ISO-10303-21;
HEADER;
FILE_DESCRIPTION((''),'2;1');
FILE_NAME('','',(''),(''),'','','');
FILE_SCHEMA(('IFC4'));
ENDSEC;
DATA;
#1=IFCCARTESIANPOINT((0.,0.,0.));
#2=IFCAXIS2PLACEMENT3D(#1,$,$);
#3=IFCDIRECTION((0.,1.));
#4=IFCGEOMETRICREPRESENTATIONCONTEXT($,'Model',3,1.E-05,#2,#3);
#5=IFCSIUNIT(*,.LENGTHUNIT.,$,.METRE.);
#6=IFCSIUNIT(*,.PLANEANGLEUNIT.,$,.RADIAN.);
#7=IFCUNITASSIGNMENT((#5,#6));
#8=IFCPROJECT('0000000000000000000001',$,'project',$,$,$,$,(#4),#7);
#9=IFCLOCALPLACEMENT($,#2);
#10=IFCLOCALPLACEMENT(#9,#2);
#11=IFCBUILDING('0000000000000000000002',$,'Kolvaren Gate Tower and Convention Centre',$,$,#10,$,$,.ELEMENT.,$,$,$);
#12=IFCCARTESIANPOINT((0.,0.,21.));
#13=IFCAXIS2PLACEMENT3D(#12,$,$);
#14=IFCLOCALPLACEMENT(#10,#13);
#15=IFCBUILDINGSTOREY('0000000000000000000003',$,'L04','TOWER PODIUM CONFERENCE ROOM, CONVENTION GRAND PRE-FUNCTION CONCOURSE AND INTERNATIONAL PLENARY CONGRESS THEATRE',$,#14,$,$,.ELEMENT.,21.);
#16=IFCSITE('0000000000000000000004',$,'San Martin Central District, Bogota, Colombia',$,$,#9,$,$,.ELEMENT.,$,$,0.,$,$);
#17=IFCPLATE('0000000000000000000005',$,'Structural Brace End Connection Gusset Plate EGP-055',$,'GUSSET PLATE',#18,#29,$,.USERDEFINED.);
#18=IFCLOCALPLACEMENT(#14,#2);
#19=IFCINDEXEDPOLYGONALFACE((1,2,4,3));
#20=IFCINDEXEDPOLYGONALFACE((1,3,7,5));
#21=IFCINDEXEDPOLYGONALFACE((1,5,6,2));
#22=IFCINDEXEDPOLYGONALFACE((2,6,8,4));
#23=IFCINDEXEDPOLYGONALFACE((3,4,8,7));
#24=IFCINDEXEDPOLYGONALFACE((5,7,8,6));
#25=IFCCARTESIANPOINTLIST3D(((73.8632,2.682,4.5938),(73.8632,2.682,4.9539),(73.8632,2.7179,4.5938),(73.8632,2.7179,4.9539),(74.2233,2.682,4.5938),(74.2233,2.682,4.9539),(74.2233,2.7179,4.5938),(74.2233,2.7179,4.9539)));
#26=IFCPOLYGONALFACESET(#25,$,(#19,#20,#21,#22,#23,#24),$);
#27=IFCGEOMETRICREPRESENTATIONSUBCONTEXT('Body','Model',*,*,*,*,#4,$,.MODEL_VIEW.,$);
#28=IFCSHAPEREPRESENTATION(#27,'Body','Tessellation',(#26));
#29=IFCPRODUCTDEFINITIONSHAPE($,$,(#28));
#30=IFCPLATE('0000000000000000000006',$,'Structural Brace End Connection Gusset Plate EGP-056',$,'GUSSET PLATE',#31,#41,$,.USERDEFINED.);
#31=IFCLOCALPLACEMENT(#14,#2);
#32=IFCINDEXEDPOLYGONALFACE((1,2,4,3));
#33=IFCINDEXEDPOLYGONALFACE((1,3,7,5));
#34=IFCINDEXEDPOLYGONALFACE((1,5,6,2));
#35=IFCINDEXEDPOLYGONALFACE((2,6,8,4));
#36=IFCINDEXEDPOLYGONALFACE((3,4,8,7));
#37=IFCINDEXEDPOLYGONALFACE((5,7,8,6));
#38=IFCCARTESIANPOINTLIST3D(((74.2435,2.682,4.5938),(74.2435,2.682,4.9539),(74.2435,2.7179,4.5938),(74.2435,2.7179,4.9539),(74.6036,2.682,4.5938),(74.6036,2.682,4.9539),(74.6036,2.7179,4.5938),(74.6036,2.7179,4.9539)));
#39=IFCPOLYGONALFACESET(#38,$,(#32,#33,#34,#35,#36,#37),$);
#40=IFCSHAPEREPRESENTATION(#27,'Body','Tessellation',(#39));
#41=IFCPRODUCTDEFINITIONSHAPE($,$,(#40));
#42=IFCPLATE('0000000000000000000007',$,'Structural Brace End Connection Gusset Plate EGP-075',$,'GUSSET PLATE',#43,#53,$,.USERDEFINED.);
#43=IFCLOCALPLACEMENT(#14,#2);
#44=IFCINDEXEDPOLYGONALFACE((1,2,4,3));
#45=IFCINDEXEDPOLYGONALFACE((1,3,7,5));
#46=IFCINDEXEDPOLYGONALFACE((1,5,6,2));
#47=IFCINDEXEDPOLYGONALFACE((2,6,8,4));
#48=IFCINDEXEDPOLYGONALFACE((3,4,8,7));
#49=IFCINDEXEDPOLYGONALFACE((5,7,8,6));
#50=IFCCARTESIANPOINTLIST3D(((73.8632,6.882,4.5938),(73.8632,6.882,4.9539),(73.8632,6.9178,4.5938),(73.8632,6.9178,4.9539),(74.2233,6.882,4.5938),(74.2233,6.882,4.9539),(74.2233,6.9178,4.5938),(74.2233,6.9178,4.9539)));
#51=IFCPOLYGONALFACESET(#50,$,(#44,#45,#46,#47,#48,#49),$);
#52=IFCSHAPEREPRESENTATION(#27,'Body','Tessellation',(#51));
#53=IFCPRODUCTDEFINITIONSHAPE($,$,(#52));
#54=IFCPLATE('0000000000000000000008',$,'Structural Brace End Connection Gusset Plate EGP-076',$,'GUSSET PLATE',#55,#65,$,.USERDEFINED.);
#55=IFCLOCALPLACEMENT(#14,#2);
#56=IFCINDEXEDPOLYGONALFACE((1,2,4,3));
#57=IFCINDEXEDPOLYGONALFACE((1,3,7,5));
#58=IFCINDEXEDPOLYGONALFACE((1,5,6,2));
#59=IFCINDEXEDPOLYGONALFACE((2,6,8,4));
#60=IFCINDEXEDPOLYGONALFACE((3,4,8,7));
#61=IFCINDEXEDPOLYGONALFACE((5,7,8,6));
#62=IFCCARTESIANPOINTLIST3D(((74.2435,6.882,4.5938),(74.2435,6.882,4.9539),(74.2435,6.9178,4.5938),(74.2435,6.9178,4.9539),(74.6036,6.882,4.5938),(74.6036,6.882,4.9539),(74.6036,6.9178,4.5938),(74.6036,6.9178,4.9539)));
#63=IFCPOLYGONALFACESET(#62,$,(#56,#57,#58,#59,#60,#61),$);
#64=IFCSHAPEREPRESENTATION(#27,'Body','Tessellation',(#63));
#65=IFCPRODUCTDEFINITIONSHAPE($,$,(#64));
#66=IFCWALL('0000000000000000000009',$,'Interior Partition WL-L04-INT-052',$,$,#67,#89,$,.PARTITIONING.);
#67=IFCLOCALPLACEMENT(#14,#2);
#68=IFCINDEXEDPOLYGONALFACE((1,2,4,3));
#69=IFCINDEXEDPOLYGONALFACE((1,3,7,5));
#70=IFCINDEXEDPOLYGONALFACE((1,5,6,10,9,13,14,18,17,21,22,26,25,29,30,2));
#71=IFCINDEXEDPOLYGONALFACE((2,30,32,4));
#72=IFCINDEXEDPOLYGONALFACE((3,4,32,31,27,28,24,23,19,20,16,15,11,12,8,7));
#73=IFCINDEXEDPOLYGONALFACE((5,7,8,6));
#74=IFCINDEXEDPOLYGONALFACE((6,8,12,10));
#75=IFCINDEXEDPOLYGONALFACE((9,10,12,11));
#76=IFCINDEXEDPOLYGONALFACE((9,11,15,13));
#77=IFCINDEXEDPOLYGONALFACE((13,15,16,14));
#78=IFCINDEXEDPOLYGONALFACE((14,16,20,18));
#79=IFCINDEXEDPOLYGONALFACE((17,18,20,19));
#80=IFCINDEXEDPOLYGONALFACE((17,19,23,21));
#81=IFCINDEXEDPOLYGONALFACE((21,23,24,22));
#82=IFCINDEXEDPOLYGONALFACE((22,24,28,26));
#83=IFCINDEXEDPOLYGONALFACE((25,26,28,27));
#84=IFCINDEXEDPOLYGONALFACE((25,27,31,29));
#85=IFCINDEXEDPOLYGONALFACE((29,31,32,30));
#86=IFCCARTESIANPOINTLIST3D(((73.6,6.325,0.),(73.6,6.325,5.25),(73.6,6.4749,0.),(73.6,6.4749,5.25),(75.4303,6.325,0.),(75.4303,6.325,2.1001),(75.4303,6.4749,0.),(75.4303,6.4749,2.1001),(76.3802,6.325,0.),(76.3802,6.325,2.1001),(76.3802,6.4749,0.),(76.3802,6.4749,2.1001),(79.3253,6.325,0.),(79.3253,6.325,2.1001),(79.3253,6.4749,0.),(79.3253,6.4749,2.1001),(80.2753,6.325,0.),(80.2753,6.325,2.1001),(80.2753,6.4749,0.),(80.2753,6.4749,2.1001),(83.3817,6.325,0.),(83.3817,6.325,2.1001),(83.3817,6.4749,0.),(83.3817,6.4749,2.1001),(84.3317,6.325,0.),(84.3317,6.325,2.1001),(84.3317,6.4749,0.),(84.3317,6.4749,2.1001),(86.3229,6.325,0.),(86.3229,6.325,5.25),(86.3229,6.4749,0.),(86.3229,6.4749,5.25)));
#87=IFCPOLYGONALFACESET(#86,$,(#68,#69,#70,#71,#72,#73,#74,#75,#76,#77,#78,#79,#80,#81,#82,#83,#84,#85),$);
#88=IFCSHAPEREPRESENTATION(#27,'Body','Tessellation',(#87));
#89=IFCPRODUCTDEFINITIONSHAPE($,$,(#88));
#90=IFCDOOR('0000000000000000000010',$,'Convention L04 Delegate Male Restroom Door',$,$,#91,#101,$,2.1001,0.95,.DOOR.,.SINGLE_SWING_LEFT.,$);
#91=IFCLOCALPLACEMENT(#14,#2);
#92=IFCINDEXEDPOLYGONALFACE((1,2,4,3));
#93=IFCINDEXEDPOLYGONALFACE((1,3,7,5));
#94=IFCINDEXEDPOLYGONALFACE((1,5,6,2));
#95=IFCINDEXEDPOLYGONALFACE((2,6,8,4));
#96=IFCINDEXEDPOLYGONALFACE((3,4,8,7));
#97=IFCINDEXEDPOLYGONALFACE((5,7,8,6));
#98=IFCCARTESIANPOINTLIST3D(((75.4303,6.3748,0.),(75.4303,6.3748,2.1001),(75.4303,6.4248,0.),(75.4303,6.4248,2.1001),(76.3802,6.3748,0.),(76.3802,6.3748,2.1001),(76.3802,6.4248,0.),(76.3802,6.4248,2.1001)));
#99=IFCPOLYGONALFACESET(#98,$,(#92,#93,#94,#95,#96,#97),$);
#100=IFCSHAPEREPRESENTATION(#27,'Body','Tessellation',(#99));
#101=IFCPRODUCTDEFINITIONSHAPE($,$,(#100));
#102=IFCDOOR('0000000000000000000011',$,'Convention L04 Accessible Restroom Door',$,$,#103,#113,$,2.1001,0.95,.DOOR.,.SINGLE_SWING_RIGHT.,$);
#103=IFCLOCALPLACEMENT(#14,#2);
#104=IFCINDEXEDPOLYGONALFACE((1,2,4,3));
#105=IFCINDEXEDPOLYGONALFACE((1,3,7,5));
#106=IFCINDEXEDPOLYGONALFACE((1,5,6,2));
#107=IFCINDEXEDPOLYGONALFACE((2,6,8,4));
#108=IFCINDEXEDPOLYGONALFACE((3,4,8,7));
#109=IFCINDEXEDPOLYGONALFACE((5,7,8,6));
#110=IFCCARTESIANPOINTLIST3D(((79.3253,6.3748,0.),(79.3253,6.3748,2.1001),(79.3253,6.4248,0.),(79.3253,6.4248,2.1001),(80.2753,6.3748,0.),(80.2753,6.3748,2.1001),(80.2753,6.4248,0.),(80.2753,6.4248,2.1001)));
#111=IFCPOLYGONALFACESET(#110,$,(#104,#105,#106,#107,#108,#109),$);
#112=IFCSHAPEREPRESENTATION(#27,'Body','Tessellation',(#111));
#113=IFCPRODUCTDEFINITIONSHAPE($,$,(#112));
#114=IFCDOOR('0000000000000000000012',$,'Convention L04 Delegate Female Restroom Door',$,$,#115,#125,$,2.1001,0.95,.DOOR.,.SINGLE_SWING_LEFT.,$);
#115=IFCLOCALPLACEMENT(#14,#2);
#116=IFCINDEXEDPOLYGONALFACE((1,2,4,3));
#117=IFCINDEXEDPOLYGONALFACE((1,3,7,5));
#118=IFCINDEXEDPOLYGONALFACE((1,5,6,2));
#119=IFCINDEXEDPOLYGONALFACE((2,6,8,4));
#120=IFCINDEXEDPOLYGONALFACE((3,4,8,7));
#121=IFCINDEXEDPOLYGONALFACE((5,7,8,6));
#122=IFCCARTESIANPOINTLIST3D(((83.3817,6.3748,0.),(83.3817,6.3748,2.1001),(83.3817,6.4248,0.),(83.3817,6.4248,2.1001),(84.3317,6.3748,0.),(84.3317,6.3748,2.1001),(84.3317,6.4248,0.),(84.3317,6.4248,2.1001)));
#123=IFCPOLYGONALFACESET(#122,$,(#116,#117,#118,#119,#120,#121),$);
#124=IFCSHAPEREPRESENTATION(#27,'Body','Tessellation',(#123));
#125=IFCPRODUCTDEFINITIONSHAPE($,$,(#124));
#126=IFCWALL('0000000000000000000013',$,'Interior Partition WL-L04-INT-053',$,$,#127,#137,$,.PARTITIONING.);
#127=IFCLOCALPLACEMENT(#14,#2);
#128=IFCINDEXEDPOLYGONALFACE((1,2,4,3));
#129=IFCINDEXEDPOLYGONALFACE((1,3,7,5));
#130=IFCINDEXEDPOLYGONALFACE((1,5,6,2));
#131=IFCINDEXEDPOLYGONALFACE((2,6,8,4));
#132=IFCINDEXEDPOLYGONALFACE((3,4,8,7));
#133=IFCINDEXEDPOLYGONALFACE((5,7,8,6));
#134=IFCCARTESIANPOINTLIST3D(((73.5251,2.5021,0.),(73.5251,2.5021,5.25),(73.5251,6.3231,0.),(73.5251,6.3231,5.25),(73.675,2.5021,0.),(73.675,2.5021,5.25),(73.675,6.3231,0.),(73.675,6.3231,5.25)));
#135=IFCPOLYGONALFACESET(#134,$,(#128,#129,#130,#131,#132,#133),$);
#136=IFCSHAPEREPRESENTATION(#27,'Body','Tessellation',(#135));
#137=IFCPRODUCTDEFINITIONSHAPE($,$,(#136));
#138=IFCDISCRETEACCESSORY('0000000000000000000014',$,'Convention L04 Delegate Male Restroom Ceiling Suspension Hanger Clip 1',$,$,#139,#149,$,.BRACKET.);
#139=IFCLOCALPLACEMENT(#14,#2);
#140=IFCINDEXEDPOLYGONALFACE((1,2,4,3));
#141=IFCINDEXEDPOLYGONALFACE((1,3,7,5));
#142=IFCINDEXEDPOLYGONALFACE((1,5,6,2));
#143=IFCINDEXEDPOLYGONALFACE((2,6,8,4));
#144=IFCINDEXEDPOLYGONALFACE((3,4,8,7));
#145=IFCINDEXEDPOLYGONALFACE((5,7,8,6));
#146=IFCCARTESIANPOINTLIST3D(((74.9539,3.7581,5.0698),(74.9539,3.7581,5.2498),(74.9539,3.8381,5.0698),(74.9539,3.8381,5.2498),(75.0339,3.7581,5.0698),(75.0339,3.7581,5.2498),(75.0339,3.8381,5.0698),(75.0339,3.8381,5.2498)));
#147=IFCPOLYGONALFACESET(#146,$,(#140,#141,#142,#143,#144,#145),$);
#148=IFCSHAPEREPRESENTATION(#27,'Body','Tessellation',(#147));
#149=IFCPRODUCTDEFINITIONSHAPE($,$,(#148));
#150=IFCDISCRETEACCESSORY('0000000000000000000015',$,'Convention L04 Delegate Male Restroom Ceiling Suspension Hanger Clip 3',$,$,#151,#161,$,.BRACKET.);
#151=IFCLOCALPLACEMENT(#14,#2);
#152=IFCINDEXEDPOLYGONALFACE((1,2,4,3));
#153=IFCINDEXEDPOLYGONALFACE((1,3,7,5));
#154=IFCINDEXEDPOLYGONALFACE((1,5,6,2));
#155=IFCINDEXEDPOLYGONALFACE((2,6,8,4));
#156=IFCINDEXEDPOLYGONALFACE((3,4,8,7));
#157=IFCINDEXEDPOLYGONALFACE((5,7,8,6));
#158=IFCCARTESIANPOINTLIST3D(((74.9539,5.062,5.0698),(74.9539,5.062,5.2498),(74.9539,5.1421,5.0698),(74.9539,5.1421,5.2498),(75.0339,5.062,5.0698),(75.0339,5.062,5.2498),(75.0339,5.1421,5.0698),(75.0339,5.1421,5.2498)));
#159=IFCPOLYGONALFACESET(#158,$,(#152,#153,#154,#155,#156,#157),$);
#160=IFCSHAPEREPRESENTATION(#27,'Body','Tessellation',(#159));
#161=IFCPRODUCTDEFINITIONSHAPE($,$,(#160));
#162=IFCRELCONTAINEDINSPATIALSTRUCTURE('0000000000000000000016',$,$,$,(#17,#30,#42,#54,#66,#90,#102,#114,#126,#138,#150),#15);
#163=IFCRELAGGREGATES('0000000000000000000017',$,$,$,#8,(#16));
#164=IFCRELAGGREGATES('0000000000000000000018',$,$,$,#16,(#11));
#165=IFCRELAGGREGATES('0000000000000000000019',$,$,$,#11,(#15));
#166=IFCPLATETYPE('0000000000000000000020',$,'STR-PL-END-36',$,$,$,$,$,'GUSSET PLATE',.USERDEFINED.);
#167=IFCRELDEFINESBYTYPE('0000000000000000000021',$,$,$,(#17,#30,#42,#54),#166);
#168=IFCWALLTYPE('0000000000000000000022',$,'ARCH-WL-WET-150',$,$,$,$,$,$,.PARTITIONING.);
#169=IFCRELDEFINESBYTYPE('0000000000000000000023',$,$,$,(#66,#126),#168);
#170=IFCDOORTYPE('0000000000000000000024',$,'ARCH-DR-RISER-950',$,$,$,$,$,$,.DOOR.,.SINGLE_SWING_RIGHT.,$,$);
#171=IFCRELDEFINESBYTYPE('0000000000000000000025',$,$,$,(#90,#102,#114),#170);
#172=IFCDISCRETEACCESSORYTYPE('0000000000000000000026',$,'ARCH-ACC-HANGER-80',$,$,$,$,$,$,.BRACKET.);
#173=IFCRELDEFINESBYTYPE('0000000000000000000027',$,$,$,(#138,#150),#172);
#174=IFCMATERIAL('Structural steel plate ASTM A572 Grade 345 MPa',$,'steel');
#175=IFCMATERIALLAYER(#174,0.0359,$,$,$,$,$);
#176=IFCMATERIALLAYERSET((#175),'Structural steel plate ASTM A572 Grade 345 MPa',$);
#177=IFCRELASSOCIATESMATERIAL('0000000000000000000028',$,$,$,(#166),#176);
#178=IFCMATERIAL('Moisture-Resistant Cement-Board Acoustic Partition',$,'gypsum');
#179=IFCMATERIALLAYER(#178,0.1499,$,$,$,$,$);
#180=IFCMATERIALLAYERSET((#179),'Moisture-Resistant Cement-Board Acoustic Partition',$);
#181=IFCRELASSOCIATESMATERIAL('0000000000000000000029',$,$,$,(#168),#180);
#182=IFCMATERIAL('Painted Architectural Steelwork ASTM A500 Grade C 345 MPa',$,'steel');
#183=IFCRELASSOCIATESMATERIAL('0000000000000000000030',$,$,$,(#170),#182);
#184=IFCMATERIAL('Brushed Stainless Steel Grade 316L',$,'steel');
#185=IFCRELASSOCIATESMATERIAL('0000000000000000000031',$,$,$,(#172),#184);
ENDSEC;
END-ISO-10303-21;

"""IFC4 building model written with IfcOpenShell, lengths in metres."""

from ifc_helpers import new_model, si_unit, direction, frame, frame_2d, origin, origin_2d, place, context, subcontext, project, spatial, rectangle, extrude, material, layer, layer_set, type_object, element, fill, save


model = new_model("IFC4")

# Units and contexts
model_context = context("Model", 3, precision=1e-05, world=origin(), true_north=direction((0.0, 1.0)))
body_context = subcontext(model_context, "Body", "Model", "MODEL_VIEW")
ifc_project = project(units=[si_unit("LENGTHUNIT", "METRE"), si_unit("PLANEANGLEUNIT", "RADIAN")], contexts=[model_context])

# Site, building, storey
site_placement = place(None, origin())
site = spatial("IfcSite", under=ifc_project, at=site_placement, Name="San Martin Central District, Bogota, Colombia", CompositionType="ELEMENT", RefElevation=0.0)
building_placement = place(site_placement, origin())
building = spatial("IfcBuilding", under=site, at=building_placement, Name="Kolvaren Gate Tower and Convention Centre", CompositionType="ELEMENT")
storey_placement = place(building_placement, frame((0.0, 0.0, 21.0)))
storey = spatial("IfcBuildingStorey", under=building, at=storey_placement, Name="L04", Description="TOWER PODIUM CONFERENCE ROOM, CONVENTION GRAND PRE-FUNCTION CONCOURSE AND INTERNATIONAL PLENARY CONGRESS THEATRE", CompositionType="ELEMENT", Elevation=21.0)

# Plates
ifc_material_1 = material(Name="Structural steel plate ASTM A572 Grade 345 MPa", Category="steel")
ifc_layer_1 = layer(ifc_material_1, 0.0359)
ifc_layer_set_1 = layer_set([ifc_layer_1], Name="Structural steel plate ASTM A572 Grade 345 MPa")
plate_type = type_object("IfcPlateType", Name="STR-PL-END-36", ElementType="GUSSET PLATE", PredefinedType="USERDEFINED", material=ifc_layer_set_1)
for number, where, z_axis, x_axis, name in (
    (1, (74.0432, 2.7, 4.5938), (0.0, 0.0, 1.0), (1.0, 0.0, 0.0), "Structural Brace End Connection Gusset Plate EGP-055"),
    (2, (74.4236, 2.7, 4.5938), (0.0, 0.0, 1.0), (1.0, 0.0, 0.0), "Structural Brace End Connection Gusset Plate EGP-056"),
    (3, (74.0432, 6.8999, 4.5938), (0.0, 0.0, 1.0), (1.0, 0.0, 0.0), "Structural Brace End Connection Gusset Plate EGP-075"),
    (4, (74.4236, 6.8999, 4.5938), (0.0, 0.0, 1.0), (1.0, 0.0, 0.0), "Structural Brace End Connection Gusset Plate EGP-076"),
):
    element("IfcPlate", number, at=place(storey_placement, frame(where, z_axis=z_axis, x_axis=x_axis)), inside=storey, type_object=plate_type, Name=name, ObjectType="GUSSET PLATE", PredefinedType="USERDEFINED", context=body_context, shape_type="SweptSolid", body=[
        extrude(rectangle(XDim=0.3601, YDim=0.0359, at=origin_2d()), origin(), (0.0, 0.0, 1.0), 0.3601),
    ])

# Wall, openings, doors
ifc_material_2 = material(Name="Moisture-Resistant Cement-Board Acoustic Partition", Category="gypsum")
ifc_layer_2 = layer(ifc_material_2, 0.1499)
ifc_layer_set_2 = layer_set([ifc_layer_2], Name="Moisture-Resistant Cement-Board Acoustic Partition")
wall_type = type_object("IfcWallType", Name="ARCH-WL-WET-150", PredefinedType="PARTITIONING", material=ifc_layer_set_2)
wall_1_placement = place(storey_placement, frame((73.6001, 6.3999, 0.0), z_axis=(0.0, 0.0, 1.0), x_axis=(1.0, 0.0, 0.0)))
wall_1 = element("IfcWall", 5, at=wall_1_placement, inside=storey, type_object=wall_type, Name="Interior Partition WL-L04-INT-052", PredefinedType="PARTITIONING", context=body_context, shape_type="SweptSolid", body=[
    extrude(rectangle(XDim=12.7229, YDim=0.1499, at=frame_2d((6.3613, 0.0))), origin(), (0.0, 0.0, 1.0), 5.25),
])
opening_1_placement = place(wall_1_placement, frame((1.8301, 0.0, 0.0)))
opening_1 = element("IfcOpeningElement", 6, at=opening_1_placement, cuts=wall_1, PredefinedType="OPENING", context=body_context, shape_type="SweptSolid", body=[
    extrude(rectangle(XDim=0.95, YDim=2.1001, at=frame_2d((0.4751, 1.05))), frame((0.0, 0.085, 0.0), z_axis=(0.0, -1.0, 0.0), x_axis=(1.0, 0.0, 0.0)), (0.0, 0.0, 1.0), 0.1699),
])
opening_2_placement = place(wall_1_placement, frame((5.7251, 0.0, 0.0)))
opening_2 = element("IfcOpeningElement", 7, at=opening_2_placement, cuts=wall_1, PredefinedType="OPENING", context=body_context, shape_type="SweptSolid", body=[
    extrude(rectangle(XDim=0.95, YDim=2.1001, at=frame_2d((0.4751, 1.05))), frame((0.0, 0.085, 0.0), z_axis=(0.0, -1.0, 0.0), x_axis=(1.0, 0.0, 0.0)), (0.0, 0.0, 1.0), 0.1699),
])
opening_3_placement = place(wall_1_placement, frame((9.7815, 0.0, 0.0)))
opening_3 = element("IfcOpeningElement", 8, at=opening_3_placement, cuts=wall_1, PredefinedType="OPENING", context=body_context, shape_type="SweptSolid", body=[
    extrude(rectangle(XDim=0.95, YDim=2.1001, at=frame_2d((0.4751, 1.05))), frame((0.0, 0.085, 0.0), z_axis=(0.0, -1.0, 0.0), x_axis=(1.0, 0.0, 0.0)), (0.0, 0.0, 1.0), 0.1699),
])
ifc_material_3 = material(Name="Painted Architectural Steelwork ASTM A500 Grade C 345 MPa", Category="steel")
door_type = type_object("IfcDoorType", Name="ARCH-DR-RISER-950", OperationType="SINGLE_SWING_RIGHT", PredefinedType="DOOR", material=ifc_material_3)
door_1_placement = place(opening_1_placement, origin())
door_1 = element("IfcDoor", 9, at=door_1_placement, inside=storey, type_object=door_type, Name="Convention L04 Delegate Male Restroom Door", OperationType="SINGLE_SWING_LEFT", OverallHeight=2.1001, OverallWidth=0.95, PredefinedType="DOOR", context=body_context, shape_type="SweptSolid", body=[
    extrude(rectangle(XDim=0.95, YDim=2.1001, at=frame_2d((0.4751, 1.05))), frame((0.0, 0.0249, 0.0), z_axis=(0.0, -1.0, 0.0), x_axis=(1.0, 0.0, 0.0)), (0.0, 0.0, 1.0), 0.05),
])
fill(opening_1, door_1)
door_2_placement = place(opening_2_placement, origin())
door_2 = element("IfcDoor", 10, at=door_2_placement, inside=storey, type_object=door_type, Name="Convention L04 Accessible Restroom Door", OperationType="SINGLE_SWING_RIGHT", OverallHeight=2.1001, OverallWidth=0.95, PredefinedType="DOOR", context=body_context, shape_type="SweptSolid", body=[
    extrude(rectangle(XDim=0.95, YDim=2.1001, at=frame_2d((0.4751, 1.05))), frame((0.0, 0.0249, 0.0), z_axis=(0.0, -1.0, 0.0), x_axis=(1.0, 0.0, 0.0)), (0.0, 0.0, 1.0), 0.05),
])
fill(opening_2, door_2)
door_3_placement = place(opening_3_placement, origin())
door_3 = element("IfcDoor", 11, at=door_3_placement, inside=storey, type_object=door_type, Name="Convention L04 Delegate Female Restroom Door", OperationType="SINGLE_SWING_LEFT", OverallHeight=2.1001, OverallWidth=0.95, PredefinedType="DOOR", context=body_context, shape_type="SweptSolid", body=[
    extrude(rectangle(XDim=0.95, YDim=2.1001, at=frame_2d((0.4751, 1.05))), frame((0.0, 0.0249, 0.0), z_axis=(0.0, -1.0, 0.0), x_axis=(1.0, 0.0, 0.0)), (0.0, 0.0, 1.0), 0.05),
])
fill(opening_3, door_3)

# Wall
wall_2_placement = place(storey_placement, frame((73.6001, 2.502, 0.0), z_axis=(0.0, 0.0, 1.0), x_axis=(0.0, 1.0, 0.0)))
element("IfcWall", 12, at=wall_2_placement, inside=storey, type_object=wall_type, Name="Interior Partition WL-L04-INT-053", PredefinedType="PARTITIONING", context=body_context, shape_type="SweptSolid", body=[
    extrude(rectangle(XDim=3.821, YDim=0.1499, at=frame_2d((1.9106, 0.0))), origin(), (0.0, 0.0, 1.0), 5.25),
])

# Discrete accessories
ifc_material_4 = material(Name="Brushed Stainless Steel Grade 316L", Category="steel")
discrete_accessory_type = type_object("IfcDiscreteAccessoryType", Name="ARCH-ACC-HANGER-80", PredefinedType="BRACKET", material=ifc_material_4)
for number, where, z_axis, x_axis, name in (
    (13, (74.9939, 3.7981, 5.0698), (0.0, 0.0, 1.0), (1.0, 0.0, 0.0), "Convention L04 Delegate Male Restroom Ceiling Suspension Hanger Clip 1"),
    (14, (74.9939, 5.1021, 5.0698), (0.0, 0.0, 1.0), (1.0, 0.0, 0.0), "Convention L04 Delegate Male Restroom Ceiling Suspension Hanger Clip 3"),
):
    element("IfcDiscreteAccessory", number, at=place(storey_placement, frame(where, z_axis=z_axis, x_axis=x_axis)), inside=storey, type_object=discrete_accessory_type, Name=name, PredefinedType="BRACKET", context=body_context, shape_type="SweptSolid", body=[
        extrude(rectangle(XDim=0.0801, YDim=0.0801, at=origin_2d()), origin(), (0.0, 0.0, 1.0), 0.1799),
    ])

save(model, "model.ifc")
